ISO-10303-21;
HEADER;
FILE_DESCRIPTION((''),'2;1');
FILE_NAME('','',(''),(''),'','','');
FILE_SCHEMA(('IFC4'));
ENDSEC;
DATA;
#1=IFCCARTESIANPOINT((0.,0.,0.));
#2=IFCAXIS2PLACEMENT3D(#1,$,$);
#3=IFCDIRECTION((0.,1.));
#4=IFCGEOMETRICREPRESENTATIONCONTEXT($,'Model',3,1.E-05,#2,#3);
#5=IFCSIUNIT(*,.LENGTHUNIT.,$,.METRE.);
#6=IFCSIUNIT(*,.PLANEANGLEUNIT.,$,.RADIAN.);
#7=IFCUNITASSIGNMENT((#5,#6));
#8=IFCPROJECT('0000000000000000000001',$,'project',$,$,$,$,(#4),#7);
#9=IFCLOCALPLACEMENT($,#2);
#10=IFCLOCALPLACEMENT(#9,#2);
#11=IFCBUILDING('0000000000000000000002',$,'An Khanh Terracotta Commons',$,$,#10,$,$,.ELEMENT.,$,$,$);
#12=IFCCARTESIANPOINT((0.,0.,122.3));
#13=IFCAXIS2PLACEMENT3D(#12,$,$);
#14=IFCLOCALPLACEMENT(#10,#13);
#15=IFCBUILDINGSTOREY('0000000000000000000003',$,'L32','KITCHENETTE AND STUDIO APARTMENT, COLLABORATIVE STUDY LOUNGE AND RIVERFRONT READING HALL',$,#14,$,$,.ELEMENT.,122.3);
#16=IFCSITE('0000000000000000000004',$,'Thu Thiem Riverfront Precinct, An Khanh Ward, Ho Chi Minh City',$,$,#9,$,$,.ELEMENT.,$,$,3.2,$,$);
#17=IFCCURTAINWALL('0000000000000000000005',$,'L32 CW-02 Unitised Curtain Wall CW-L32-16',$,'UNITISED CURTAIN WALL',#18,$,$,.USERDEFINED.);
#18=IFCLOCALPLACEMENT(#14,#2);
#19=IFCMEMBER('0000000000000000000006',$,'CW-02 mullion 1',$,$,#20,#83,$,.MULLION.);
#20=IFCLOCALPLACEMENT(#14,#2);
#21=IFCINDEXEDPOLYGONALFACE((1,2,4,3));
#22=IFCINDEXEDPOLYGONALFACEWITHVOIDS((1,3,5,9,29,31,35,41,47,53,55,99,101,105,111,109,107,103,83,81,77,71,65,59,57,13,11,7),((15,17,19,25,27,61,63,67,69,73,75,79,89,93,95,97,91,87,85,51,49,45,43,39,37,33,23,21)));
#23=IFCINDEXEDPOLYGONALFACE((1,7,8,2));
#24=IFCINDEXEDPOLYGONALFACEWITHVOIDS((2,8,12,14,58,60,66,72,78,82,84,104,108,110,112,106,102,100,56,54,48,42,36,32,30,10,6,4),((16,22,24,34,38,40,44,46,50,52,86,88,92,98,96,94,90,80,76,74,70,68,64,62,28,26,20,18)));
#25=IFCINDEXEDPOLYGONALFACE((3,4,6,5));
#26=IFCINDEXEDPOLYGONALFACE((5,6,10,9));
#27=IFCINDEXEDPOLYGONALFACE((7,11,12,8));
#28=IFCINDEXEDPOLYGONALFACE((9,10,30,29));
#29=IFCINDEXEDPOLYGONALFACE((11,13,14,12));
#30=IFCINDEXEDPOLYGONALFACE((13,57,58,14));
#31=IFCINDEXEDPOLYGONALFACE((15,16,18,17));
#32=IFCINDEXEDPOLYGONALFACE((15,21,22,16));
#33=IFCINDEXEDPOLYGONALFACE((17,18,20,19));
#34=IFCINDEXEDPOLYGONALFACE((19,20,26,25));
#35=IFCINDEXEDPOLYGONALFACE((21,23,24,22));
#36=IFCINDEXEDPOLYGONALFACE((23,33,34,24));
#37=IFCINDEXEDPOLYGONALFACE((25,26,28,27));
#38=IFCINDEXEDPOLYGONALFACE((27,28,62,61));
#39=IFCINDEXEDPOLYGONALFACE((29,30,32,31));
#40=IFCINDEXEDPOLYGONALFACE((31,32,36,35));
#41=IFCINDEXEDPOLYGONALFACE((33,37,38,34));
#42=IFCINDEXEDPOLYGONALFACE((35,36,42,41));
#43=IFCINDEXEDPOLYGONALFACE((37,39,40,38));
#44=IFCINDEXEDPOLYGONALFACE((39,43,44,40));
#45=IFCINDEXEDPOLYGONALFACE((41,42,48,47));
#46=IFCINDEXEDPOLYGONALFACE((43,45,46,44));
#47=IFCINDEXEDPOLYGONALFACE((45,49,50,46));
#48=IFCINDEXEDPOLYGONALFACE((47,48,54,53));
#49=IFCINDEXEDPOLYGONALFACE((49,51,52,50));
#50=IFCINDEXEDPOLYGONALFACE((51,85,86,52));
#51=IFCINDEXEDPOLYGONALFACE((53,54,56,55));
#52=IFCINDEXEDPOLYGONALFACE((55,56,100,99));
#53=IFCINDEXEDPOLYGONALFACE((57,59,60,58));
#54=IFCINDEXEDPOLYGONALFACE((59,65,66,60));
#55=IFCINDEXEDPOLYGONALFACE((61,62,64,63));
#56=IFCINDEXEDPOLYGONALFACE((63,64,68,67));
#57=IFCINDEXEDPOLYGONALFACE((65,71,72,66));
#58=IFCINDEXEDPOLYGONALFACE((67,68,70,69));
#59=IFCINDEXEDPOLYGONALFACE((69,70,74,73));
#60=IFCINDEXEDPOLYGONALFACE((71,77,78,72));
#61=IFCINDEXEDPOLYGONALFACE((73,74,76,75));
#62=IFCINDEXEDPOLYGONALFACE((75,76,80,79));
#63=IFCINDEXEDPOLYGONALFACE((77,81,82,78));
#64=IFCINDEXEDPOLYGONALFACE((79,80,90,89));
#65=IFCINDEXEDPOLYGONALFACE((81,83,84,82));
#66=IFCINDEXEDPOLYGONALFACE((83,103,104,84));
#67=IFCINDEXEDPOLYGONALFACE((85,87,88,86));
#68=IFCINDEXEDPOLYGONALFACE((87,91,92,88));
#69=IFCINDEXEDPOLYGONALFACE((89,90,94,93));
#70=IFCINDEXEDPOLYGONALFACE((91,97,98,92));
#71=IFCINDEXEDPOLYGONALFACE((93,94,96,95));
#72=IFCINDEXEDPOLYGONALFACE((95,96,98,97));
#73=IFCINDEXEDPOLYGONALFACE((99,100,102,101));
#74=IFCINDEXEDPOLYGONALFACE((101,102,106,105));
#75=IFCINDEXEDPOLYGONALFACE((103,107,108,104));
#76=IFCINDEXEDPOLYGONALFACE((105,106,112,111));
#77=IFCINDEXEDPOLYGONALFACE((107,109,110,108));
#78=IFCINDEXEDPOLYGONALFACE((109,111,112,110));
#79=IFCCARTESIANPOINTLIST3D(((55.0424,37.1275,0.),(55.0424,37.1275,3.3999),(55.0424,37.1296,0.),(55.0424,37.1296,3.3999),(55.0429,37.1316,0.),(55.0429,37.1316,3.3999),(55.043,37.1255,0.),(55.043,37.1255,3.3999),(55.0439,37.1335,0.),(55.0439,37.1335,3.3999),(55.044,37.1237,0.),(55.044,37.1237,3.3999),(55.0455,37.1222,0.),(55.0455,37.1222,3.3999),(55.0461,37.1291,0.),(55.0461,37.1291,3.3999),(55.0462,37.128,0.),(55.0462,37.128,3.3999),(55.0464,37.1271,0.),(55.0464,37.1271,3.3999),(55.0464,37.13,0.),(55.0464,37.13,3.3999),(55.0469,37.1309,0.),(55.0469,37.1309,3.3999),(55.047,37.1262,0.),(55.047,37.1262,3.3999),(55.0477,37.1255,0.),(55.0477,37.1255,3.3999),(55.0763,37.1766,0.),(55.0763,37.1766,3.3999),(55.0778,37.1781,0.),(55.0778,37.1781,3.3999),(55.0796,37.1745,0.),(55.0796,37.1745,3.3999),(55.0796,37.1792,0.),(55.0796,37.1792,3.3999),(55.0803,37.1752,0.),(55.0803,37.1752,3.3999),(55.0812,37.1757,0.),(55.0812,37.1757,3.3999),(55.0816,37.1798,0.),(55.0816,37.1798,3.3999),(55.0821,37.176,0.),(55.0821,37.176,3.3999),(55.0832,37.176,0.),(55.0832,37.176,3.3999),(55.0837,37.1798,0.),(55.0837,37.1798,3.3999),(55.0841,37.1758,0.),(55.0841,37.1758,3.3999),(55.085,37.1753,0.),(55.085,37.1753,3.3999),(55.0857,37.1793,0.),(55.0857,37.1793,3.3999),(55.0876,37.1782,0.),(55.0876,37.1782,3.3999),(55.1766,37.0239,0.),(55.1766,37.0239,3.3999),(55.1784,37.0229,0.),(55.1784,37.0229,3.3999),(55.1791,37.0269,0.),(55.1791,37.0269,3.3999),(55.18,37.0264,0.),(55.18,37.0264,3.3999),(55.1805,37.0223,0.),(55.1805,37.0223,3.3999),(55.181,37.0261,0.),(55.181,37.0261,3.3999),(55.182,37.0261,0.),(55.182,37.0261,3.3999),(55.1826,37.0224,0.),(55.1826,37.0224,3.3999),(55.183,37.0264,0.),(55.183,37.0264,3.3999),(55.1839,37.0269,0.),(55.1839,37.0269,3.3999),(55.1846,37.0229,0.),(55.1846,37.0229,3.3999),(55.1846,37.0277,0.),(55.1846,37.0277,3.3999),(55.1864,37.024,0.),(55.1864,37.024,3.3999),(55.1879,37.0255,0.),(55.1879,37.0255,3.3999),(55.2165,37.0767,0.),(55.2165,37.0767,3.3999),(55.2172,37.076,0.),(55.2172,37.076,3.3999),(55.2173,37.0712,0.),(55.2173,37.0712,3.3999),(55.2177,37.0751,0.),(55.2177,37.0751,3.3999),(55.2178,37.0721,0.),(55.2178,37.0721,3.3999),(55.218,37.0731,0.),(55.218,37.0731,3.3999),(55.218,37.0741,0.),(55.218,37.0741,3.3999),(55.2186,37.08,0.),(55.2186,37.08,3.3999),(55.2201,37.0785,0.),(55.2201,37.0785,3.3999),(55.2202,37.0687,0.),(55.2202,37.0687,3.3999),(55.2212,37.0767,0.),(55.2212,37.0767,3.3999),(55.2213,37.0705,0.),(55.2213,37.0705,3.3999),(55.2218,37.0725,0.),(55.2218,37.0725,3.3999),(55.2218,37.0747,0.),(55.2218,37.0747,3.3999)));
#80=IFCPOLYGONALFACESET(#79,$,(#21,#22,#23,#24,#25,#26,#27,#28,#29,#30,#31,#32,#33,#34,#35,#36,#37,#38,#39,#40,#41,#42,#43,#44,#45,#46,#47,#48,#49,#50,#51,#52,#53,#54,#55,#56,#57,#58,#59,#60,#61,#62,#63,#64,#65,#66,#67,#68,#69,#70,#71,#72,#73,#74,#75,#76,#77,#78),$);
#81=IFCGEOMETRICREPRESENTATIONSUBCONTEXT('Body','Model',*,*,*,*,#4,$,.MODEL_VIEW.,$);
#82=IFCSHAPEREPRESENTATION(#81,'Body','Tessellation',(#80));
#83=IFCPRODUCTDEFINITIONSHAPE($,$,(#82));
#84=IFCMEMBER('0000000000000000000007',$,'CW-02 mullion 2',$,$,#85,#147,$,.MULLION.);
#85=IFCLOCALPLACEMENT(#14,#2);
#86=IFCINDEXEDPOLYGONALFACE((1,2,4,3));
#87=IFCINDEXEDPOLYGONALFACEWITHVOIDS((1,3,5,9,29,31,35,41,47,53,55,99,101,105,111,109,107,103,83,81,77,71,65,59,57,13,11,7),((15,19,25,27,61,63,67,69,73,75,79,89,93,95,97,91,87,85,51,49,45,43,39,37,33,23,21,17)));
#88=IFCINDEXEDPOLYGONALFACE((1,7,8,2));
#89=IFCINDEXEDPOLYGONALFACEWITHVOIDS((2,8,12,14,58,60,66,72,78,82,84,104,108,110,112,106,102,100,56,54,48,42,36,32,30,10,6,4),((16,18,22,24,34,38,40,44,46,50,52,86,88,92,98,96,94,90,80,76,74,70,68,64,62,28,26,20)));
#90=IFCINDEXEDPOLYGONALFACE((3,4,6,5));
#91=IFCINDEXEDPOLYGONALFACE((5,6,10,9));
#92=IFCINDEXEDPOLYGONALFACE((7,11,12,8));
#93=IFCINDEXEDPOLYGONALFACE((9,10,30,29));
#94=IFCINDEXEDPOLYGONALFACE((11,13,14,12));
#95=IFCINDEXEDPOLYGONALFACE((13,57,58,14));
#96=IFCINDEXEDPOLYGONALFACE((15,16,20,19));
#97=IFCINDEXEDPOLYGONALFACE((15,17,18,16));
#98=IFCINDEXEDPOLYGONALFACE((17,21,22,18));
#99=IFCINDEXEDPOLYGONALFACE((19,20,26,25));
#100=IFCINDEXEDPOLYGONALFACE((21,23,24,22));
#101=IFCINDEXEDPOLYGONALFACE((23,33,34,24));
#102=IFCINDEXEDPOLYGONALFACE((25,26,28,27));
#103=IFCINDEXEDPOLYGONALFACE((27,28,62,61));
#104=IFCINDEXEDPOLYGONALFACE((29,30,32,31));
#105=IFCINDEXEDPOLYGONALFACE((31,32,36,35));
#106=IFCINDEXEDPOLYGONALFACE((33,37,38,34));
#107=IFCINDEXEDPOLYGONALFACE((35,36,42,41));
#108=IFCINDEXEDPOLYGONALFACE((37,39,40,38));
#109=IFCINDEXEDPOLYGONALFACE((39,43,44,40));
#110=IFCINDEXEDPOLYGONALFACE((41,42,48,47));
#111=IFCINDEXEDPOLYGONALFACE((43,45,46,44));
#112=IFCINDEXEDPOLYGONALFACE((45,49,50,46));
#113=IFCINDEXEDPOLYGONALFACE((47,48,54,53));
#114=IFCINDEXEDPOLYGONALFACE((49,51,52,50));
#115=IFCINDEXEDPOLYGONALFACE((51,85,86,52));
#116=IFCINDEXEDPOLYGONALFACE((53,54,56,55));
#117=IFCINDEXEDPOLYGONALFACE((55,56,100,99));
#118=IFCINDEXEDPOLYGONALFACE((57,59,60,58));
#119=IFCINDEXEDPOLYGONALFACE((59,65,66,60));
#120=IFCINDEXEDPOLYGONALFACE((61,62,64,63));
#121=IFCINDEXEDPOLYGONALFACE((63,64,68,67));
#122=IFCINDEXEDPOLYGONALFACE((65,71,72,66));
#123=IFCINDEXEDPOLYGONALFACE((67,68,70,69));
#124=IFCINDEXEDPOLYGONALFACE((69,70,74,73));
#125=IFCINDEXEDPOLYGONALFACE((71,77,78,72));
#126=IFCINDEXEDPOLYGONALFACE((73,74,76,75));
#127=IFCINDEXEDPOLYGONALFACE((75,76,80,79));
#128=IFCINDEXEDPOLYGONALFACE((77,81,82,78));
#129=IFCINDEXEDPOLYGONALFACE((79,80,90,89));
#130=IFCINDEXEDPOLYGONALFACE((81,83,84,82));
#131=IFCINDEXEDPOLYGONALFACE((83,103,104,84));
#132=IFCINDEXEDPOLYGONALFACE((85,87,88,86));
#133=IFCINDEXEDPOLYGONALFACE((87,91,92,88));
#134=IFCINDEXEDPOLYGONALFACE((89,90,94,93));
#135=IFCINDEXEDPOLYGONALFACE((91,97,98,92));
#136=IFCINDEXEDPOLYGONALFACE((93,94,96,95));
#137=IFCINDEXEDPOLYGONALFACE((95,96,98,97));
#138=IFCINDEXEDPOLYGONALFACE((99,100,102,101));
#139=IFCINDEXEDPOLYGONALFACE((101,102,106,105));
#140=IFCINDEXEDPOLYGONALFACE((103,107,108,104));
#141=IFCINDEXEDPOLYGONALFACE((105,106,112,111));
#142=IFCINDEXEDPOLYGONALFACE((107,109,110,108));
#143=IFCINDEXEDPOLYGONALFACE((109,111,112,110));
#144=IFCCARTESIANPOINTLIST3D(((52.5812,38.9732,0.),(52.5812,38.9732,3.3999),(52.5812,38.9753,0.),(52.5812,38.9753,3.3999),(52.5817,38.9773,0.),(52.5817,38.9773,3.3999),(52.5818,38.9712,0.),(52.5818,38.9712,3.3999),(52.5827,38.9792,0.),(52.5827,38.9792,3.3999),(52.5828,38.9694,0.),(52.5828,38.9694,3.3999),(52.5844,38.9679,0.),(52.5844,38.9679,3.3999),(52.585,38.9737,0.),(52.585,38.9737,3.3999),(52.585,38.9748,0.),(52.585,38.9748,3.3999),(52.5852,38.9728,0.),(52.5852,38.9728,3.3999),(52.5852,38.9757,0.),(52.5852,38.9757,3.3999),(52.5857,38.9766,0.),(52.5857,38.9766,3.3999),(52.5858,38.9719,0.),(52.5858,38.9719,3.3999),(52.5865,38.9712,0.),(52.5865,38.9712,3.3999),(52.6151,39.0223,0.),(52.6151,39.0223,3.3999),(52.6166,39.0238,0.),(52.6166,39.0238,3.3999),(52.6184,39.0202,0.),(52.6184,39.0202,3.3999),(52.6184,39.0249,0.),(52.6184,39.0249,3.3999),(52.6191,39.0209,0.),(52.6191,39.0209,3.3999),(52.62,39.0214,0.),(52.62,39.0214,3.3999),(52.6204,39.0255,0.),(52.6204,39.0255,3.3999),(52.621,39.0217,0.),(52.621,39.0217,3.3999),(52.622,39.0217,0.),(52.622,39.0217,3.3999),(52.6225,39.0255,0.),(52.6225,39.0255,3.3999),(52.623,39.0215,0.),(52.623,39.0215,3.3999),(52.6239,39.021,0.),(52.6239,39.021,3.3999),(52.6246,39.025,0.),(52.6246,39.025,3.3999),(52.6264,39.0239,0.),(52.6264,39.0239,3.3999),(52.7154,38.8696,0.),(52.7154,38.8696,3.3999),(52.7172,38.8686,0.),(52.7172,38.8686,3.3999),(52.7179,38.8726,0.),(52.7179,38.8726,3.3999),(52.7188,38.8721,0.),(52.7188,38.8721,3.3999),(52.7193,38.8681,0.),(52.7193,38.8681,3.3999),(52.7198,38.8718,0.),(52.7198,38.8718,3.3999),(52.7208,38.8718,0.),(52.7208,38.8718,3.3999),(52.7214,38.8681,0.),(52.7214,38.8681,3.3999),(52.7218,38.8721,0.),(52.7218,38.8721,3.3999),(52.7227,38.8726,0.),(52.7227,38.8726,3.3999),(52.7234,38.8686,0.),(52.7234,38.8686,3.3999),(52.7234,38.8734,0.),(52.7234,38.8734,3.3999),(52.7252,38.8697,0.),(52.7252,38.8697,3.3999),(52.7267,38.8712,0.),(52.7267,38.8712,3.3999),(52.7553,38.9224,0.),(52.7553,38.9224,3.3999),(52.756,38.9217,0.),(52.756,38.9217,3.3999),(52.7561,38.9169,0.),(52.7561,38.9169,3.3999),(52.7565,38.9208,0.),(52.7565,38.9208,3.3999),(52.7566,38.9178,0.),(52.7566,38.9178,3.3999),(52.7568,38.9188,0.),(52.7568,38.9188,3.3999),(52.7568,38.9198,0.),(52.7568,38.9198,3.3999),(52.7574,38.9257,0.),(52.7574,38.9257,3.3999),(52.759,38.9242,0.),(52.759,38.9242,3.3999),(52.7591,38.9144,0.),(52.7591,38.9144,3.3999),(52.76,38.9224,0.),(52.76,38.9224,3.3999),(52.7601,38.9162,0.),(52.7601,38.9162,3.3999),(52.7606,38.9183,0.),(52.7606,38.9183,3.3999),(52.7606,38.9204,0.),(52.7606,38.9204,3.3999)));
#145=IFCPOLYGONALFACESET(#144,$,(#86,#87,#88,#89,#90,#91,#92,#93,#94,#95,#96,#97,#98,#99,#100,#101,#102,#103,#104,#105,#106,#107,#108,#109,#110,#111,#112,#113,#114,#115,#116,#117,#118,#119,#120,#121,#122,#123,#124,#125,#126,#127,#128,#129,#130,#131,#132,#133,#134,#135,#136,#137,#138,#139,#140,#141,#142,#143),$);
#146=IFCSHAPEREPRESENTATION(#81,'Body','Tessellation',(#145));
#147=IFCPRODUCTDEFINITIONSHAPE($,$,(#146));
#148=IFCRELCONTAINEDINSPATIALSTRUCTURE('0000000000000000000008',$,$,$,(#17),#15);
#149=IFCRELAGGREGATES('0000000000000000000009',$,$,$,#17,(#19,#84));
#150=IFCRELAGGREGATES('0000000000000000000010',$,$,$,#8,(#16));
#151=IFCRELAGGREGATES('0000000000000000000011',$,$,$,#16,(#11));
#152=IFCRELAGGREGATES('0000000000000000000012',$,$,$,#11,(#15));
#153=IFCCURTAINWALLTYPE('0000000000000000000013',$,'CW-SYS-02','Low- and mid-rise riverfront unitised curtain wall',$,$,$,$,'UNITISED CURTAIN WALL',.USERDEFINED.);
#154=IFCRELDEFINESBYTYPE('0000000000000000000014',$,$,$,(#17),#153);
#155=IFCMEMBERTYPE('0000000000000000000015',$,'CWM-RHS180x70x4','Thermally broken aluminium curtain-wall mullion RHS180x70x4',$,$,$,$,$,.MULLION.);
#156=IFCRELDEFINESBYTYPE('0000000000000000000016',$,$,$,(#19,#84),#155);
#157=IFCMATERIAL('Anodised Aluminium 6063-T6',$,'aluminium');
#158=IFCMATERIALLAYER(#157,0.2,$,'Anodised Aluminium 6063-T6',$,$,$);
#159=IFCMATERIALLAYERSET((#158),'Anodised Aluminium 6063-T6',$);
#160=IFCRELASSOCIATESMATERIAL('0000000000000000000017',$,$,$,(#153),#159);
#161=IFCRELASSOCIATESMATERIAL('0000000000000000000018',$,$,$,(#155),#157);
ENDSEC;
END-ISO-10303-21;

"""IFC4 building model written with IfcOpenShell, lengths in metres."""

from ifc_helpers import new_model, si_unit, direction, frame, origin, origin_2d, place, context, subcontext, project, spatial, hollow_rectangle, extrude, material, layer, layer_set, material_profile, profile_set, type_object, element, aggregate, save


model = new_model("IFC4")

# Units and contexts
model_context = context("Model", 3, precision=1e-05, world=origin(), true_north=direction((0.0, 1.0)))
body_context = subcontext(model_context, "Body", "Model", "MODEL_VIEW")
ifc_project = project(units=[si_unit("LENGTHUNIT", "METRE"), si_unit("PLANEANGLEUNIT", "RADIAN")], contexts=[model_context])

# Site, building, storey
site_placement = place(None, origin())
site = spatial("IfcSite", under=ifc_project, at=site_placement, Name="Thu Thiem Riverfront Precinct, An Khanh Ward, Ho Chi Minh City", CompositionType="ELEMENT", RefElevation=3.2)
building_placement = place(site_placement, origin())
building = spatial("IfcBuilding", under=site, at=building_placement, Name="An Khanh Terracotta Commons", CompositionType="ELEMENT")
storey_placement = place(building_placement, frame((0.0, 0.0, 122.3)))
storey = spatial("IfcBuildingStorey", under=building, at=storey_placement, Name="L32", Description="KITCHENETTE AND STUDIO APARTMENT, COLLABORATIVE STUDY LOUNGE AND RIVERFRONT READING HALL", CompositionType="ELEMENT", Elevation=122.3)

# Curtain wall, members
ifc_material_1 = material(Name="Anodised Aluminium 6063-T6", Category="aluminium")
ifc_layer_1 = layer(ifc_material_1, 0.2, Name="Anodised Aluminium 6063-T6")
ifc_layer_set_1 = layer_set([ifc_layer_1], Name="Anodised Aluminium 6063-T6")
curtain_wall_type = type_object("IfcCurtainWallType", Name="CW-SYS-02", Description="Low- and mid-rise riverfront unitised curtain wall", ElementType="UNITISED CURTAIN WALL", PredefinedType="USERDEFINED", material=ifc_layer_set_1)
ifc_material_profile_1 = material_profile(ifc_material_1, hollow_rectangle(XDim=0.0701, YDim=0.1799, WallThickness=0.0039, InnerFilletRadius=0.0039, OuterFilletRadius=0.0081, at=origin_2d()), Name="RHS180x70x4")
ifc_profile_set_1 = profile_set([ifc_material_profile_1], Name="Anodised Aluminium 6063-T6")
member_type_1 = type_object("IfcMemberType", Name="CWM-RHS180x70x4", Description="Thermally broken aluminium curtain-wall mullion RHS180x70x4", PredefinedType="MULLION", material=ifc_profile_set_1)
curtain_wall_1_placement = place(storey_placement, origin())
curtain_wall_1 = element("IfcCurtainWall", 1, at=curtain_wall_1_placement, inside=storey, type_object=curtain_wall_type, Name="L32 CW-02 Unitised Curtain Wall CW-L32-16", ObjectType="UNITISED CURTAIN WALL", PredefinedType="USERDEFINED")
member_1_placement = place(storey_placement, frame((55.1321, 37.1011, 0.0), z_axis=(0.0, 0.0, 1.0), x_axis=(-0.599983, -0.800013, 0.0)))
member_1 = element("IfcMember", 2, at=member_1_placement, type_object=member_type_1, Name="CW-02 mullion 1", PredefinedType="MULLION", context=body_context, shape_type="SweptSolid", body=[
    extrude(hollow_rectangle(XDim=0.0701, YDim=0.1799, WallThickness=0.0039, InnerFilletRadius=0.0039, OuterFilletRadius=0.0081, at=origin_2d()), origin(), (0.0, 0.0, 1.0), 3.3999),
])
member_2_placement = place(storey_placement, frame((52.6709, 38.9468, 0.0), z_axis=(0.0, 0.0, 1.0), x_axis=(-0.599983, -0.800013, 0.0)))
member_2 = element("IfcMember", 3, at=member_2_placement, type_object=member_type_1, Name="CW-02 mullion 2", PredefinedType="MULLION", context=body_context, shape_type="SweptSolid", body=[
    extrude(hollow_rectangle(XDim=0.0701, YDim=0.1799, WallThickness=0.0039, InnerFilletRadius=0.0039, OuterFilletRadius=0.0081, at=origin_2d()), origin(), (0.0, 0.0, 1.0), 3.3999),
])

aggregate(curtain_wall_1, [member_1, member_2])

save(model, "model.ifc")
